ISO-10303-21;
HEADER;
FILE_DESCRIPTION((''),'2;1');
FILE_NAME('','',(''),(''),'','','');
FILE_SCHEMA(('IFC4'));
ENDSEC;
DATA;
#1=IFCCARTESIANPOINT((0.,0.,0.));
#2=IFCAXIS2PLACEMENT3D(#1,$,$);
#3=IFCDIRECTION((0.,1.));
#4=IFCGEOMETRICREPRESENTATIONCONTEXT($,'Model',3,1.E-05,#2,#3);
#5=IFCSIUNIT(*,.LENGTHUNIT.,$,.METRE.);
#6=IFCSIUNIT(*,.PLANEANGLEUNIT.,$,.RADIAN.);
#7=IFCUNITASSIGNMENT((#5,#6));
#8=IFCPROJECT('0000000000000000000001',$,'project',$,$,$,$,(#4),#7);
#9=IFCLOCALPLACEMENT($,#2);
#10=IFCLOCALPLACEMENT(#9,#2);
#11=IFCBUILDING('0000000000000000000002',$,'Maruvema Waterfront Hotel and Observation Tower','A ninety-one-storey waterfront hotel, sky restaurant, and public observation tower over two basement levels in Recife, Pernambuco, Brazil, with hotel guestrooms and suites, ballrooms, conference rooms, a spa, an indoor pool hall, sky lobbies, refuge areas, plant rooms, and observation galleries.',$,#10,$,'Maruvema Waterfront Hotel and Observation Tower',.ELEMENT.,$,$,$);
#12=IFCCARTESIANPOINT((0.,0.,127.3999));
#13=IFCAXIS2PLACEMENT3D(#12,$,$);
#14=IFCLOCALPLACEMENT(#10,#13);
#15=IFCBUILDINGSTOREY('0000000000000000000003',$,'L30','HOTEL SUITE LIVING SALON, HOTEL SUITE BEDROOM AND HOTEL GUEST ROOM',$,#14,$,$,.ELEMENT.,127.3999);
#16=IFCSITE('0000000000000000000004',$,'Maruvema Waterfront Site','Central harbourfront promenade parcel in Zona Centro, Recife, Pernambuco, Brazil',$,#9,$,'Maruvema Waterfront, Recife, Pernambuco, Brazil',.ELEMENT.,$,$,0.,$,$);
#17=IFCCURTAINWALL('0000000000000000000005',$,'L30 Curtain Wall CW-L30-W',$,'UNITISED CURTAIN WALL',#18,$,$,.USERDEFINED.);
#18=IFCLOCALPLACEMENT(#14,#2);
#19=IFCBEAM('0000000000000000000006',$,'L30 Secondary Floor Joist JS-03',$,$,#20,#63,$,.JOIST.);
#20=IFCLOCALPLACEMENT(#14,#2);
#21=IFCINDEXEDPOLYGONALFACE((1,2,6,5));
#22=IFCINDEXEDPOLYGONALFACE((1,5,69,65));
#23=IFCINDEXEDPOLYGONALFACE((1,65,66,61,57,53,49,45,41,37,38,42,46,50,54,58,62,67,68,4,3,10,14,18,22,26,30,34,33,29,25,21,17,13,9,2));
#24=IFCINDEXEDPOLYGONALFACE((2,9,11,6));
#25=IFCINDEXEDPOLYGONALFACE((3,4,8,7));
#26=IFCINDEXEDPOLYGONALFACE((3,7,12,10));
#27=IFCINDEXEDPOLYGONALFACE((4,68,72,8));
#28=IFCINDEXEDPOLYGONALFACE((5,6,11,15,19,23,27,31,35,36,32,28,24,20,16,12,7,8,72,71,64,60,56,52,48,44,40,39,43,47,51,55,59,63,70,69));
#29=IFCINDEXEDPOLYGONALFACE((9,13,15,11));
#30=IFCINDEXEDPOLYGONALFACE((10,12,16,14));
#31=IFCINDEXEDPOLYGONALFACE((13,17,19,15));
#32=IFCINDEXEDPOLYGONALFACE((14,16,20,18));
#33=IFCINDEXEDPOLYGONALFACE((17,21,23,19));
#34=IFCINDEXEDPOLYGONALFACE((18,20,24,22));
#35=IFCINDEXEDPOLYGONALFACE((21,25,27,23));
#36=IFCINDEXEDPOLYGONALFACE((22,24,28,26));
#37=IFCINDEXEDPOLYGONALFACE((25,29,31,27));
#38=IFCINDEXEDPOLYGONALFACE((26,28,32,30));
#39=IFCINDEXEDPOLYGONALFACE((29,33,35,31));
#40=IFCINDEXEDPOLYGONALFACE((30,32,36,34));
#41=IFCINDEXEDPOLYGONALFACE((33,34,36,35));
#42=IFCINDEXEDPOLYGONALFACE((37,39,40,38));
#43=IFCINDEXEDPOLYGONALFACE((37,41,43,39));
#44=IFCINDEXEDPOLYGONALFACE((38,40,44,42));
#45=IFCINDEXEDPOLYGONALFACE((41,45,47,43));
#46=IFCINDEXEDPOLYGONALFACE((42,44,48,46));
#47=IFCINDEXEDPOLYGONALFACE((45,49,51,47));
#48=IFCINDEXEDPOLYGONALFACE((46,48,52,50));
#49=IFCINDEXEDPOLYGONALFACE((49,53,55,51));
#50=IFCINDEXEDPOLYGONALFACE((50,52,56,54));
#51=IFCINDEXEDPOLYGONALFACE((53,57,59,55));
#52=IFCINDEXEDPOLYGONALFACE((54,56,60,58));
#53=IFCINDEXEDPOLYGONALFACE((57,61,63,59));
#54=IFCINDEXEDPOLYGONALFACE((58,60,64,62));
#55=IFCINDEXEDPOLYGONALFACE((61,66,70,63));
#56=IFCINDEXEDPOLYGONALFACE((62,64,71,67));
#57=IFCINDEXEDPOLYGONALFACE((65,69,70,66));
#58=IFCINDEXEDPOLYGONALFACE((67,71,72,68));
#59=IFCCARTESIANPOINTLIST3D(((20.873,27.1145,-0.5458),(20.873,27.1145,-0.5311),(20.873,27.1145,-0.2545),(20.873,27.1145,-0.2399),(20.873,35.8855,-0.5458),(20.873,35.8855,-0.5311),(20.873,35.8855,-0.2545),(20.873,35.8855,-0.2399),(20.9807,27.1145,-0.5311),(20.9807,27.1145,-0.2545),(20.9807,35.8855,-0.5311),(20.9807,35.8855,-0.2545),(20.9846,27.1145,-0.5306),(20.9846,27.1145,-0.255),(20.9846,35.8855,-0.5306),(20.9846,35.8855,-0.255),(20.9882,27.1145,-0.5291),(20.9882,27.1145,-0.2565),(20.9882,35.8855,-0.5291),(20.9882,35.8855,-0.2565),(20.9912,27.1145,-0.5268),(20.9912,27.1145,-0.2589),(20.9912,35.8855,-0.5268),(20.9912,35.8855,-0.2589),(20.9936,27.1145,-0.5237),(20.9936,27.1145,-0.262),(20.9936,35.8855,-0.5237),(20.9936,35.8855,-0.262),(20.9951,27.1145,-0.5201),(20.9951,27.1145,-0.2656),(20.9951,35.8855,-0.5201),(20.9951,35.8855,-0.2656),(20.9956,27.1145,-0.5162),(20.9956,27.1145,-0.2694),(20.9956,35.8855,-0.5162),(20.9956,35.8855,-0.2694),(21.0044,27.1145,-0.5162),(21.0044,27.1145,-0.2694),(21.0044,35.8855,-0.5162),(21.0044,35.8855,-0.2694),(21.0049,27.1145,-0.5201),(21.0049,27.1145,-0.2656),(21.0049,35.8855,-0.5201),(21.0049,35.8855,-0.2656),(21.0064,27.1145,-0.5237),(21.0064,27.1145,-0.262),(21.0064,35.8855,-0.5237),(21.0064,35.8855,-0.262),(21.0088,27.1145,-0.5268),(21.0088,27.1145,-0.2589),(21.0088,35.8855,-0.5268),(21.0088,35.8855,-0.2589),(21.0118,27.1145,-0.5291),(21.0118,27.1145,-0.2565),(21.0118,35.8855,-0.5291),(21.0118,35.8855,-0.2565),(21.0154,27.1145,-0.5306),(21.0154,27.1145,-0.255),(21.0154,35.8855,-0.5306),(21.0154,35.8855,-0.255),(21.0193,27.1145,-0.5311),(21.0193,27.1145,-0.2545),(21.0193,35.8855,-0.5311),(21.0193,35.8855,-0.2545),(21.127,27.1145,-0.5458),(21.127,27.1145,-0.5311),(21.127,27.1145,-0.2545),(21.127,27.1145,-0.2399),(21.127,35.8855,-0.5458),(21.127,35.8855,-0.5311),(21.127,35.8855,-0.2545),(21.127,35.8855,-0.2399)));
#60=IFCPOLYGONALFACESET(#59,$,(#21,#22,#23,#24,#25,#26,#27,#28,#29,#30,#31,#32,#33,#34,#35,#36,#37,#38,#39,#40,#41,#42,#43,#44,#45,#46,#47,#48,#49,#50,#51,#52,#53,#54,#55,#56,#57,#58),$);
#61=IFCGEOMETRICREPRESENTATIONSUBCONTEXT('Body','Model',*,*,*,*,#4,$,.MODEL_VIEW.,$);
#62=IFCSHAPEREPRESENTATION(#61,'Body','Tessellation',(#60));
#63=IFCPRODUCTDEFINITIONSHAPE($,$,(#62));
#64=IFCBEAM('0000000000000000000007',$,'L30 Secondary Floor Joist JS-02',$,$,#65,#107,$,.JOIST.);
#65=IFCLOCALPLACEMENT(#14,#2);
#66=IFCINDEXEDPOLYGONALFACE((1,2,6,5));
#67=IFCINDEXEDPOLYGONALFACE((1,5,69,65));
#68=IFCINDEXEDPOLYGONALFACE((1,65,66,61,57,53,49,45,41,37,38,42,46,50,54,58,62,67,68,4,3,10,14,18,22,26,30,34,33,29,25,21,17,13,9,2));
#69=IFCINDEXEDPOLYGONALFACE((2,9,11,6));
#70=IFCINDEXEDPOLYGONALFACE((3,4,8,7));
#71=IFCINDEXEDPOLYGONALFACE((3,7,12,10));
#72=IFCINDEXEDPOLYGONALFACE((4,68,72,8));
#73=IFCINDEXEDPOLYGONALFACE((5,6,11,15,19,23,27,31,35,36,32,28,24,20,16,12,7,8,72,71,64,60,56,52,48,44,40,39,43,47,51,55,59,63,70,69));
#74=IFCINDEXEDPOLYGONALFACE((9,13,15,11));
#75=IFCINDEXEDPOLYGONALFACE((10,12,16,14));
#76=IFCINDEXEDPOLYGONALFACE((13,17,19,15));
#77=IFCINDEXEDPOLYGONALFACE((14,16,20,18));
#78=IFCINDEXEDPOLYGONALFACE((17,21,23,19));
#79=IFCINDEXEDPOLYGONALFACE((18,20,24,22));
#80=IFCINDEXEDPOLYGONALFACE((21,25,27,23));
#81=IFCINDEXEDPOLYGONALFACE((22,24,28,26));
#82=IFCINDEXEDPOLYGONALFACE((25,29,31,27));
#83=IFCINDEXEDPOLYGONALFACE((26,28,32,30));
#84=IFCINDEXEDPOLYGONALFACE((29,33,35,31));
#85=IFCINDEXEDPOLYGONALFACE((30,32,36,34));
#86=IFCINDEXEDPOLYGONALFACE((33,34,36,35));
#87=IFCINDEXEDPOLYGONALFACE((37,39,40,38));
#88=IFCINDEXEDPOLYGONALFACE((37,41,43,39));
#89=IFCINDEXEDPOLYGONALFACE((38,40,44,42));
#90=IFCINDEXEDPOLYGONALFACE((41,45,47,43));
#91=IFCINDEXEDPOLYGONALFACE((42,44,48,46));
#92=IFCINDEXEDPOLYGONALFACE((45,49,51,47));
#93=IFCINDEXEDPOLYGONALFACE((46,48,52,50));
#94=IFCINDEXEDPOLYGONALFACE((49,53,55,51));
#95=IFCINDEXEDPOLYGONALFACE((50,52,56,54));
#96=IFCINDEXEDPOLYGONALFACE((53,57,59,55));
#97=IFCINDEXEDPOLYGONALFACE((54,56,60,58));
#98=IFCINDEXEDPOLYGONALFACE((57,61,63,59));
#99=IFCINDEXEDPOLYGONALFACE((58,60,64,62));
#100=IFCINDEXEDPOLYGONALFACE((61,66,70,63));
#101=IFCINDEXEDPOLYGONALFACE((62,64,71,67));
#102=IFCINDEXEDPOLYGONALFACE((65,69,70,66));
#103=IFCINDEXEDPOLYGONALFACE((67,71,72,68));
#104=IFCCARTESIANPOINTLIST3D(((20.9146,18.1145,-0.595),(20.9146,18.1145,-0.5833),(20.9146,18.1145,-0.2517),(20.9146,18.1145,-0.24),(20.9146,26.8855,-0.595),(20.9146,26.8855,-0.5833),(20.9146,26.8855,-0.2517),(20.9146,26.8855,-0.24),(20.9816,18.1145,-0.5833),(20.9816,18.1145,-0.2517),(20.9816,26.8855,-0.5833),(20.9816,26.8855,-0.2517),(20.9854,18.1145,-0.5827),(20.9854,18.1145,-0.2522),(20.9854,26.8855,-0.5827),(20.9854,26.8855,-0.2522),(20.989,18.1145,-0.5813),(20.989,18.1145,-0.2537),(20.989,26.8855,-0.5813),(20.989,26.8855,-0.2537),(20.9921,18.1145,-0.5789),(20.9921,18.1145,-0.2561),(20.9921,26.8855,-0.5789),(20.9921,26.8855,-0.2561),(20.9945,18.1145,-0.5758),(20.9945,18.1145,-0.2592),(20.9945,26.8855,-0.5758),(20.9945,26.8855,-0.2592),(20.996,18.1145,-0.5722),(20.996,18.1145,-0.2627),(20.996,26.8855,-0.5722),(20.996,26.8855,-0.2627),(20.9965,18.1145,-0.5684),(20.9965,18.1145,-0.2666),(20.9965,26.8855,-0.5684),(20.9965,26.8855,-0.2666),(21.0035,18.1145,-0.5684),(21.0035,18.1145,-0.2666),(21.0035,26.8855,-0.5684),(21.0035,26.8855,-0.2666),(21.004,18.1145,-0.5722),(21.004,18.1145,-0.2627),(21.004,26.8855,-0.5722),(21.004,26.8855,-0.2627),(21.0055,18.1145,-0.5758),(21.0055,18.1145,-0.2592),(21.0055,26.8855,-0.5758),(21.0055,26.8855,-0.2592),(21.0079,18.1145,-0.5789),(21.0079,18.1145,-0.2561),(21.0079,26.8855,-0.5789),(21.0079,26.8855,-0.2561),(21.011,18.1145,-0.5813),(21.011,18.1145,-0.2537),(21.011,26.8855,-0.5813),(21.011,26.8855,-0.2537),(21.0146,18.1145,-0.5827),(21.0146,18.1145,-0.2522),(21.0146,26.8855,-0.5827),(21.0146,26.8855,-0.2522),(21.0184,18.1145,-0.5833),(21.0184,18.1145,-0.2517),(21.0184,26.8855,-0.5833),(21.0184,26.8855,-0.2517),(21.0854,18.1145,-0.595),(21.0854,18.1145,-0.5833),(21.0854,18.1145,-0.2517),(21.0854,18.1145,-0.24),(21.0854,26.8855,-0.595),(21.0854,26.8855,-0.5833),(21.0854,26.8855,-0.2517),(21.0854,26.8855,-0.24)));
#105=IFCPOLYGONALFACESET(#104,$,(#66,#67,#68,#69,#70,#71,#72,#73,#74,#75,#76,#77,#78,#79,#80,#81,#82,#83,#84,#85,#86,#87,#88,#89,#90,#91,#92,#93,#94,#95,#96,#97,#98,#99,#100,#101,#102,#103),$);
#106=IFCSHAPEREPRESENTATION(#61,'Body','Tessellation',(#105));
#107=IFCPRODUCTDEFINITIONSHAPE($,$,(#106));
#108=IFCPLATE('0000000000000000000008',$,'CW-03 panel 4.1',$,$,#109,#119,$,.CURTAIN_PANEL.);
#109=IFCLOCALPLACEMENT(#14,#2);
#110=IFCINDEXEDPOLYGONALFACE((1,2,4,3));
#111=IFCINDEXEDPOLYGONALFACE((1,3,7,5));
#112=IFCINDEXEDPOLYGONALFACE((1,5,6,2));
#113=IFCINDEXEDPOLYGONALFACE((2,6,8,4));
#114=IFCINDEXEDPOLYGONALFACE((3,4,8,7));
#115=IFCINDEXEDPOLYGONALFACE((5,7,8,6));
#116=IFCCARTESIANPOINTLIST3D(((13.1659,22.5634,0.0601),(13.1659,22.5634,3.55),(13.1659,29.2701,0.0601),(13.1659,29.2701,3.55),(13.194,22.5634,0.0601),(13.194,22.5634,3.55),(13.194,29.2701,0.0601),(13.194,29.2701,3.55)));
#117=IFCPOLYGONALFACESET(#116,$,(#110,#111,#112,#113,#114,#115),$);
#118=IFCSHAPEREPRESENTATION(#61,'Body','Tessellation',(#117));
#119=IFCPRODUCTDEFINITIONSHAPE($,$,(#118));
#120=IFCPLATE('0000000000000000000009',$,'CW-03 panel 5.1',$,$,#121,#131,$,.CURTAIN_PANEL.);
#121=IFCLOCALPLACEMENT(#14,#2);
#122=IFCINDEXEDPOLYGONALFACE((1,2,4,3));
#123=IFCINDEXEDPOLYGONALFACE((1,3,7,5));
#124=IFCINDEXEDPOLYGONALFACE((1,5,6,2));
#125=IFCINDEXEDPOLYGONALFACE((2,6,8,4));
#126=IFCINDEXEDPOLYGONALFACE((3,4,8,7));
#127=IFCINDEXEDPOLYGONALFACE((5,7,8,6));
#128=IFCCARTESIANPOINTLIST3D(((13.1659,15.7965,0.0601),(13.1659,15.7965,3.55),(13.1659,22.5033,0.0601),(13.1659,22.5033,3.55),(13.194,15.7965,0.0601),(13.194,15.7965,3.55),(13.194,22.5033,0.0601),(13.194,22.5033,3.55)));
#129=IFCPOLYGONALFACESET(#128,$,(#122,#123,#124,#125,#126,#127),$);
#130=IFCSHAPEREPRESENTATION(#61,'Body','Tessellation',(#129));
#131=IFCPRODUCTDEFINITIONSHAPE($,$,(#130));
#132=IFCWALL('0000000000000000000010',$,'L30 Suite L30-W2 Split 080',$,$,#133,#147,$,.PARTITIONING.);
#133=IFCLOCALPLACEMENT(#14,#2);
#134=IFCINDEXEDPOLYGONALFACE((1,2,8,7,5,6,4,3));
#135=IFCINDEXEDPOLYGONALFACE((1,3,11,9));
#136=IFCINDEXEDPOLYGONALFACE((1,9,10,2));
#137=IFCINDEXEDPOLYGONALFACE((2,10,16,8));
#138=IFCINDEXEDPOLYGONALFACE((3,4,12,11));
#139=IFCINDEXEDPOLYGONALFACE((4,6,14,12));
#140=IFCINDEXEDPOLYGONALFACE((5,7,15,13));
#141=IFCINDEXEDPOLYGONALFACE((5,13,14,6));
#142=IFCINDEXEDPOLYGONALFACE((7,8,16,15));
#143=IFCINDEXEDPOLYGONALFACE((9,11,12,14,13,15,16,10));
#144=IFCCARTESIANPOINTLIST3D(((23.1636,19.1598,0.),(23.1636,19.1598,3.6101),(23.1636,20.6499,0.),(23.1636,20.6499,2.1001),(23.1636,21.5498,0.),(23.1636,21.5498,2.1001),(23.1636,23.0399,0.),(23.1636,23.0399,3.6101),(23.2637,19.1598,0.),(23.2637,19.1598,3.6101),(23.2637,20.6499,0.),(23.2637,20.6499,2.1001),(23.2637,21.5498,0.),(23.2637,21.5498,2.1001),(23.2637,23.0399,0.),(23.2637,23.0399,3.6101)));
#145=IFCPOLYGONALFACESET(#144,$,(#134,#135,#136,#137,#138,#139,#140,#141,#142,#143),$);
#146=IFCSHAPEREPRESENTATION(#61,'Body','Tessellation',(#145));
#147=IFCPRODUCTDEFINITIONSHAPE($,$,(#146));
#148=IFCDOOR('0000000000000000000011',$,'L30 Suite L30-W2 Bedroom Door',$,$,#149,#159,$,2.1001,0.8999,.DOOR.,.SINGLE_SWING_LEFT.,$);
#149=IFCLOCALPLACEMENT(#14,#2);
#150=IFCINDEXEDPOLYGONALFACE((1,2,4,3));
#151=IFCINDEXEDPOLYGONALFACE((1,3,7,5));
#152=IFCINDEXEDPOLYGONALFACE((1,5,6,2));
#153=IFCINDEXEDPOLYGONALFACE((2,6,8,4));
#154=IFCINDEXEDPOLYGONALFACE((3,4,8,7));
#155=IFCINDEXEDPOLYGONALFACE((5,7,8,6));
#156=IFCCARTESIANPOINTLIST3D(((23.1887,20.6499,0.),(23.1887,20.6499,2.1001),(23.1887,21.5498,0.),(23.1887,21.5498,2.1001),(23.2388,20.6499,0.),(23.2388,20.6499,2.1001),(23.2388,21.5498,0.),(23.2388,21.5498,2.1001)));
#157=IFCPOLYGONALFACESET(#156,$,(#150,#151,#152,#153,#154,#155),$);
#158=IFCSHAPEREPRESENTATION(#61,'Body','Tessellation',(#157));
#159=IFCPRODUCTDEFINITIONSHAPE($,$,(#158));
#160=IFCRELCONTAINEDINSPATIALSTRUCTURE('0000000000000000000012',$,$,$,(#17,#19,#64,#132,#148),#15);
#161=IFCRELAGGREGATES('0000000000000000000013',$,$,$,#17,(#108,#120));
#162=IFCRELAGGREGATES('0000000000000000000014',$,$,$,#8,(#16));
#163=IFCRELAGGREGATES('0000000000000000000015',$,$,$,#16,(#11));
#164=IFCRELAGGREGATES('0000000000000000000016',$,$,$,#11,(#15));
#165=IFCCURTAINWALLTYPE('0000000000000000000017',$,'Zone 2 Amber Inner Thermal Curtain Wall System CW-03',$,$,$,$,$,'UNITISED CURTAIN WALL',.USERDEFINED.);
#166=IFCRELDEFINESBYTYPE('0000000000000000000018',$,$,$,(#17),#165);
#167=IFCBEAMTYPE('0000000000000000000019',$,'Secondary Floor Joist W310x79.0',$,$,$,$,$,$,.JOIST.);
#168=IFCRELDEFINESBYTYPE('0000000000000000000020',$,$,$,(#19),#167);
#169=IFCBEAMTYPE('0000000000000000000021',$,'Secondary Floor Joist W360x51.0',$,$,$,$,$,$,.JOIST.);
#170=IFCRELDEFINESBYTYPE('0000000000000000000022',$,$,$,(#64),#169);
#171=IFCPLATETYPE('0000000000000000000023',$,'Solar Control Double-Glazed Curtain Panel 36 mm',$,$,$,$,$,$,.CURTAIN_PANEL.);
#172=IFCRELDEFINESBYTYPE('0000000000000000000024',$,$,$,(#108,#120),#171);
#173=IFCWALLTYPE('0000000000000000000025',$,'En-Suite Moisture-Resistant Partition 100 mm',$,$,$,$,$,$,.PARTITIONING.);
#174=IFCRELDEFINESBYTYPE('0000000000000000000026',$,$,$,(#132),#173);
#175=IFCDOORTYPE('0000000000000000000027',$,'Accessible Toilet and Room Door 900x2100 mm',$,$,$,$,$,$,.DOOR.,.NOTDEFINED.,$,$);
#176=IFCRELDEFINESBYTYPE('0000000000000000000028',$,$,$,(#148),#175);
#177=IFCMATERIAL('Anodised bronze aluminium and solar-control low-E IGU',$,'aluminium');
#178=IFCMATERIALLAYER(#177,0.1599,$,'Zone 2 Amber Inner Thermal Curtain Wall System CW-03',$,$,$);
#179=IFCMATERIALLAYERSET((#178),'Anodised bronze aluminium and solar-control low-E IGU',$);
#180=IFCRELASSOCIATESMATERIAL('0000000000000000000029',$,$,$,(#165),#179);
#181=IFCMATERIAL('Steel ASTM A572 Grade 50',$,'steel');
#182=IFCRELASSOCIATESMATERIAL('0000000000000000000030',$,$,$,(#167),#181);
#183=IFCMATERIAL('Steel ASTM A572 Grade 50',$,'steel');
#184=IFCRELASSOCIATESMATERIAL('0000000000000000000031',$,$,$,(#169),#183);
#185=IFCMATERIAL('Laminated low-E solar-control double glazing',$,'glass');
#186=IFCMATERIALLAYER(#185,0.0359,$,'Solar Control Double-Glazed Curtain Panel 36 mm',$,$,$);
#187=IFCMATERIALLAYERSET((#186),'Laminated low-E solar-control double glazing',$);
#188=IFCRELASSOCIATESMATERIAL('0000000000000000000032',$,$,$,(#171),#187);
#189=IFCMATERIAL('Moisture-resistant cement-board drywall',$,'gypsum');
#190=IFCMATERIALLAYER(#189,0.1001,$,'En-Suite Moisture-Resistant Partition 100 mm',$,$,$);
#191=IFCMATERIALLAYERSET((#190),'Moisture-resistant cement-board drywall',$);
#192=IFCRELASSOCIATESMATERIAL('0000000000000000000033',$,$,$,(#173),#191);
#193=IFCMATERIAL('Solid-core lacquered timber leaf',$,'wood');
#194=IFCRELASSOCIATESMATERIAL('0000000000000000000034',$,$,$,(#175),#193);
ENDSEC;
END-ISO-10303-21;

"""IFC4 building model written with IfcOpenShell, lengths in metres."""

from ifc_helpers import new_model, si_unit, direction, frame, frame_2d, origin, origin_2d, place, context, subcontext, project, spatial, rectangle, i_section, extrude, material, layer, layer_set, material_profile, profile_set, type_object, element, fill, aggregate, save


model = new_model("IFC4")

# Units and contexts
model_context = context("Model", 3, precision=1e-05, world=origin(), true_north=direction((0.0, 1.0)))
body_context = subcontext(model_context, "Body", "Model", "MODEL_VIEW")
ifc_project = project(units=[si_unit("LENGTHUNIT", "METRE"), si_unit("PLANEANGLEUNIT", "RADIAN")], contexts=[model_context])

# Site, building, storey
site_placement = place(None, origin())
site = spatial("IfcSite", under=ifc_project, at=site_placement, Name="Maruvema Waterfront Site", Description="Central harbourfront promenade parcel in Zona Centro, Recife, Pernambuco, Brazil", LongName="Maruvema Waterfront, Recife, Pernambuco, Brazil", CompositionType="ELEMENT", RefElevation=0.0)
building_placement = place(site_placement, origin())
building = spatial("IfcBuilding", under=site, at=building_placement, Name="Maruvema Waterfront Hotel and Observation Tower", Description="A ninety-one-storey waterfront hotel, sky restaurant, and public observation tower over two basement levels in Recife, Pernambuco, Brazil, with hotel guestrooms and suites, ballrooms, conference rooms, a spa, an indoor pool hall, sky lobbies, refuge areas, plant rooms, and observation galleries.", LongName="Maruvema Waterfront Hotel and Observation Tower", CompositionType="ELEMENT")
storey_placement = place(building_placement, frame((0.0, 0.0, 127.3999)))
storey = spatial("IfcBuildingStorey", under=building, at=storey_placement, Name="L30", Description="HOTEL SUITE LIVING SALON, HOTEL SUITE BEDROOM AND HOTEL GUEST ROOM", CompositionType="ELEMENT", Elevation=127.3999)

# Curtain wall
ifc_material_1 = material(Name="Anodised bronze aluminium and solar-control low-E IGU", Category="aluminium")
ifc_layer_1 = layer(ifc_material_1, 0.1599, Name="Zone 2 Amber Inner Thermal Curtain Wall System CW-03")
ifc_layer_set_1 = layer_set([ifc_layer_1], Name="Anodised bronze aluminium and solar-control low-E IGU")
curtain_wall_type = type_object("IfcCurtainWallType", Name="Zone 2 Amber Inner Thermal Curtain Wall System CW-03", ElementType="UNITISED CURTAIN WALL", PredefinedType="USERDEFINED", material=ifc_layer_set_1)
curtain_wall_placement = place(storey_placement, origin())
curtain_wall = element("IfcCurtainWall", 1, at=curtain_wall_placement, inside=storey, type_object=curtain_wall_type, Name="L30 Curtain Wall CW-L30-W", ObjectType="UNITISED CURTAIN WALL", PredefinedType="USERDEFINED")

# Beams
ifc_material_2 = material(Name="Steel ASTM A572 Grade 50", Category="steel")
ifc_material_profile_1 = material_profile(ifc_material_2, i_section(OverallWidth=0.2539, OverallDepth=0.3059, WebThickness=0.0088, FlangeThickness=0.0146, FilletRadius=0.0149, at=origin_2d()), Name="W310x79.0")
ifc_profile_set_1 = profile_set([ifc_material_profile_1], Name="Steel ASTM A572 Grade 50")
beam_type_1 = type_object("IfcBeamType", Name="Secondary Floor Joist W310x79.0", PredefinedType="JOIST", material=ifc_profile_set_1)
beam_1_placement = place(storey_placement, frame((21.0, 27.1145, -0.3928), z_axis=(0.0, 1.0, 0.0), x_axis=(-1.0, 0.0, 0.0)))
element("IfcBeam", 2, at=beam_1_placement, inside=storey, type_object=beam_type_1, Name="L30 Secondary Floor Joist JS-03", PredefinedType="JOIST", context=body_context, shape_type="SweptSolid", body=[
    extrude(i_section(OverallWidth=0.2539, OverallDepth=0.3059, WebThickness=0.0088, FlangeThickness=0.0146, FilletRadius=0.0149, at=origin_2d()), origin(), (0.0, 0.0, 1.0), 8.771),
])
ifc_material_3 = material(Name="Steel ASTM A572 Grade 50", Category="steel")
ifc_material_profile_2 = material_profile(ifc_material_3, i_section(OverallWidth=0.1709, OverallDepth=0.355, WebThickness=0.0071, FlangeThickness=0.0117, FilletRadius=0.0149, at=origin_2d()), Name="W360x51.0")
ifc_profile_set_2 = profile_set([ifc_material_profile_2], Name="Steel ASTM A572 Grade 50")
beam_type_2 = type_object("IfcBeamType", Name="Secondary Floor Joist W360x51.0", PredefinedType="JOIST", material=ifc_profile_set_2)
beam_2_placement = place(storey_placement, frame((21.0, 18.1145, -0.4175), z_axis=(0.0, 1.0, 0.0), x_axis=(-1.0, 0.0, 0.0)))
element("IfcBeam", 3, at=beam_2_placement, inside=storey, type_object=beam_type_2, Name="L30 Secondary Floor Joist JS-02", PredefinedType="JOIST", context=body_context, shape_type="SweptSolid", body=[
    extrude(i_section(OverallWidth=0.1709, OverallDepth=0.355, WebThickness=0.0071, FlangeThickness=0.0117, FilletRadius=0.0149, at=origin_2d()), origin(), (0.0, 0.0, 1.0), 8.771),
])

# Plates
ifc_material_4 = material(Name="Laminated low-E solar-control double glazing", Category="glass")
ifc_layer_2 = layer(ifc_material_4, 0.0359, Name="Solar Control Double-Glazed Curtain Panel 36 mm")
ifc_layer_set_2 = layer_set([ifc_layer_2], Name="Laminated low-E solar-control double glazing")
plate_type = type_object("IfcPlateType", Name="Solar Control Double-Glazed Curtain Panel 36 mm", PredefinedType="CURTAIN_PANEL", material=ifc_layer_set_2)
plate_1_placement = place(storey_placement, frame((13.1799, 25.9167, 0.0601), z_axis=(0.0, 0.0, 1.0), x_axis=(0.0, -1.0, 0.0)))
plate_1 = element("IfcPlate", 4, at=plate_1_placement, type_object=plate_type, Name="CW-03 panel 4.1", PredefinedType="CURTAIN_PANEL", context=body_context, shape_type="SweptSolid", body=[
    extrude(rectangle(XDim=6.7068, YDim=0.0281, at=origin_2d()), origin(), (0.0, 0.0, 1.0), 3.49),
])
plate_2_placement = place(storey_placement, frame((13.1799, 19.1499, 0.0601), z_axis=(0.0, 0.0, 1.0), x_axis=(0.0, -1.0, 0.0)))
plate_2 = element("IfcPlate", 5, at=plate_2_placement, type_object=plate_type, Name="CW-03 panel 5.1", PredefinedType="CURTAIN_PANEL", context=body_context, shape_type="SweptSolid", body=[
    extrude(rectangle(XDim=6.7068, YDim=0.0281, at=origin_2d()), origin(), (0.0, 0.0, 1.0), 3.49),
])
aggregate(curtain_wall, [plate_1, plate_2])

# Wall, opening, door
ifc_material_5 = material(Name="Moisture-resistant cement-board drywall", Category="gypsum")
ifc_layer_3 = layer(ifc_material_5, 0.1001, Name="En-Suite Moisture-Resistant Partition 100 mm")
ifc_layer_set_3 = layer_set([ifc_layer_3], Name="Moisture-resistant cement-board drywall")
wall_type_1 = type_object("IfcWallType", Name="En-Suite Moisture-Resistant Partition 100 mm", PredefinedType="PARTITIONING", material=ifc_layer_set_3)
wall_1_placement = place(storey_placement, frame((23.2136, 19.1599, 0.0), z_axis=(0.0, 0.0, 1.0), x_axis=(0.0, 1.0, 0.0)))
wall_1 = element("IfcWall", 6, at=wall_1_placement, inside=storey, type_object=wall_type_1, Name="L30 Suite L30-W2 Split 080", PredefinedType="PARTITIONING", context=body_context, shape_type="SweptSolid", body=[
    extrude(rectangle(XDim=3.8801, YDim=0.1001, at=frame_2d((1.9399, 0.0))), origin(), (0.0, 0.0, 1.0), 3.6101),
])
opening_1_placement = place(wall_1_placement, frame((1.49, 0.0, 0.0)))
opening_1 = element("IfcOpeningElement", 7, at=opening_1_placement, cuts=wall_1, PredefinedType="OPENING", context=body_context, shape_type="SweptSolid", body=[
    extrude(rectangle(XDim=0.8999, YDim=2.1001, at=frame_2d((0.45, 1.05))), frame((0.0, 0.0601, 0.0), z_axis=(0.0, -1.0, 0.0), x_axis=(1.0, 0.0, 0.0)), (0.0, 0.0, 1.0), 0.1201),
])
ifc_material_6 = material(Name="Solid-core lacquered timber leaf", Category="wood")
door_type = type_object("IfcDoorType", Name="Accessible Toilet and Room Door 900x2100 mm", OperationType="NOTDEFINED", PredefinedType="DOOR", material=ifc_material_6)
door_1_placement = place(opening_1_placement, origin())
door_1 = element("IfcDoor", 8, at=door_1_placement, inside=storey, type_object=door_type, Name="L30 Suite L30-W2 Bedroom Door", OperationType="SINGLE_SWING_LEFT", OverallHeight=2.1001, OverallWidth=0.8999, PredefinedType="DOOR", context=body_context, shape_type="SweptSolid", body=[
    extrude(rectangle(XDim=0.8999, YDim=2.1001, at=frame_2d((0.45, 1.05))), frame((0.0, 0.0249, 0.0), z_axis=(0.0, -1.0, 0.0), x_axis=(1.0, 0.0, 0.0)), (0.0, 0.0, 1.0), 0.05),
])
fill(opening_1, door_1)

save(model, "model.ifc")
